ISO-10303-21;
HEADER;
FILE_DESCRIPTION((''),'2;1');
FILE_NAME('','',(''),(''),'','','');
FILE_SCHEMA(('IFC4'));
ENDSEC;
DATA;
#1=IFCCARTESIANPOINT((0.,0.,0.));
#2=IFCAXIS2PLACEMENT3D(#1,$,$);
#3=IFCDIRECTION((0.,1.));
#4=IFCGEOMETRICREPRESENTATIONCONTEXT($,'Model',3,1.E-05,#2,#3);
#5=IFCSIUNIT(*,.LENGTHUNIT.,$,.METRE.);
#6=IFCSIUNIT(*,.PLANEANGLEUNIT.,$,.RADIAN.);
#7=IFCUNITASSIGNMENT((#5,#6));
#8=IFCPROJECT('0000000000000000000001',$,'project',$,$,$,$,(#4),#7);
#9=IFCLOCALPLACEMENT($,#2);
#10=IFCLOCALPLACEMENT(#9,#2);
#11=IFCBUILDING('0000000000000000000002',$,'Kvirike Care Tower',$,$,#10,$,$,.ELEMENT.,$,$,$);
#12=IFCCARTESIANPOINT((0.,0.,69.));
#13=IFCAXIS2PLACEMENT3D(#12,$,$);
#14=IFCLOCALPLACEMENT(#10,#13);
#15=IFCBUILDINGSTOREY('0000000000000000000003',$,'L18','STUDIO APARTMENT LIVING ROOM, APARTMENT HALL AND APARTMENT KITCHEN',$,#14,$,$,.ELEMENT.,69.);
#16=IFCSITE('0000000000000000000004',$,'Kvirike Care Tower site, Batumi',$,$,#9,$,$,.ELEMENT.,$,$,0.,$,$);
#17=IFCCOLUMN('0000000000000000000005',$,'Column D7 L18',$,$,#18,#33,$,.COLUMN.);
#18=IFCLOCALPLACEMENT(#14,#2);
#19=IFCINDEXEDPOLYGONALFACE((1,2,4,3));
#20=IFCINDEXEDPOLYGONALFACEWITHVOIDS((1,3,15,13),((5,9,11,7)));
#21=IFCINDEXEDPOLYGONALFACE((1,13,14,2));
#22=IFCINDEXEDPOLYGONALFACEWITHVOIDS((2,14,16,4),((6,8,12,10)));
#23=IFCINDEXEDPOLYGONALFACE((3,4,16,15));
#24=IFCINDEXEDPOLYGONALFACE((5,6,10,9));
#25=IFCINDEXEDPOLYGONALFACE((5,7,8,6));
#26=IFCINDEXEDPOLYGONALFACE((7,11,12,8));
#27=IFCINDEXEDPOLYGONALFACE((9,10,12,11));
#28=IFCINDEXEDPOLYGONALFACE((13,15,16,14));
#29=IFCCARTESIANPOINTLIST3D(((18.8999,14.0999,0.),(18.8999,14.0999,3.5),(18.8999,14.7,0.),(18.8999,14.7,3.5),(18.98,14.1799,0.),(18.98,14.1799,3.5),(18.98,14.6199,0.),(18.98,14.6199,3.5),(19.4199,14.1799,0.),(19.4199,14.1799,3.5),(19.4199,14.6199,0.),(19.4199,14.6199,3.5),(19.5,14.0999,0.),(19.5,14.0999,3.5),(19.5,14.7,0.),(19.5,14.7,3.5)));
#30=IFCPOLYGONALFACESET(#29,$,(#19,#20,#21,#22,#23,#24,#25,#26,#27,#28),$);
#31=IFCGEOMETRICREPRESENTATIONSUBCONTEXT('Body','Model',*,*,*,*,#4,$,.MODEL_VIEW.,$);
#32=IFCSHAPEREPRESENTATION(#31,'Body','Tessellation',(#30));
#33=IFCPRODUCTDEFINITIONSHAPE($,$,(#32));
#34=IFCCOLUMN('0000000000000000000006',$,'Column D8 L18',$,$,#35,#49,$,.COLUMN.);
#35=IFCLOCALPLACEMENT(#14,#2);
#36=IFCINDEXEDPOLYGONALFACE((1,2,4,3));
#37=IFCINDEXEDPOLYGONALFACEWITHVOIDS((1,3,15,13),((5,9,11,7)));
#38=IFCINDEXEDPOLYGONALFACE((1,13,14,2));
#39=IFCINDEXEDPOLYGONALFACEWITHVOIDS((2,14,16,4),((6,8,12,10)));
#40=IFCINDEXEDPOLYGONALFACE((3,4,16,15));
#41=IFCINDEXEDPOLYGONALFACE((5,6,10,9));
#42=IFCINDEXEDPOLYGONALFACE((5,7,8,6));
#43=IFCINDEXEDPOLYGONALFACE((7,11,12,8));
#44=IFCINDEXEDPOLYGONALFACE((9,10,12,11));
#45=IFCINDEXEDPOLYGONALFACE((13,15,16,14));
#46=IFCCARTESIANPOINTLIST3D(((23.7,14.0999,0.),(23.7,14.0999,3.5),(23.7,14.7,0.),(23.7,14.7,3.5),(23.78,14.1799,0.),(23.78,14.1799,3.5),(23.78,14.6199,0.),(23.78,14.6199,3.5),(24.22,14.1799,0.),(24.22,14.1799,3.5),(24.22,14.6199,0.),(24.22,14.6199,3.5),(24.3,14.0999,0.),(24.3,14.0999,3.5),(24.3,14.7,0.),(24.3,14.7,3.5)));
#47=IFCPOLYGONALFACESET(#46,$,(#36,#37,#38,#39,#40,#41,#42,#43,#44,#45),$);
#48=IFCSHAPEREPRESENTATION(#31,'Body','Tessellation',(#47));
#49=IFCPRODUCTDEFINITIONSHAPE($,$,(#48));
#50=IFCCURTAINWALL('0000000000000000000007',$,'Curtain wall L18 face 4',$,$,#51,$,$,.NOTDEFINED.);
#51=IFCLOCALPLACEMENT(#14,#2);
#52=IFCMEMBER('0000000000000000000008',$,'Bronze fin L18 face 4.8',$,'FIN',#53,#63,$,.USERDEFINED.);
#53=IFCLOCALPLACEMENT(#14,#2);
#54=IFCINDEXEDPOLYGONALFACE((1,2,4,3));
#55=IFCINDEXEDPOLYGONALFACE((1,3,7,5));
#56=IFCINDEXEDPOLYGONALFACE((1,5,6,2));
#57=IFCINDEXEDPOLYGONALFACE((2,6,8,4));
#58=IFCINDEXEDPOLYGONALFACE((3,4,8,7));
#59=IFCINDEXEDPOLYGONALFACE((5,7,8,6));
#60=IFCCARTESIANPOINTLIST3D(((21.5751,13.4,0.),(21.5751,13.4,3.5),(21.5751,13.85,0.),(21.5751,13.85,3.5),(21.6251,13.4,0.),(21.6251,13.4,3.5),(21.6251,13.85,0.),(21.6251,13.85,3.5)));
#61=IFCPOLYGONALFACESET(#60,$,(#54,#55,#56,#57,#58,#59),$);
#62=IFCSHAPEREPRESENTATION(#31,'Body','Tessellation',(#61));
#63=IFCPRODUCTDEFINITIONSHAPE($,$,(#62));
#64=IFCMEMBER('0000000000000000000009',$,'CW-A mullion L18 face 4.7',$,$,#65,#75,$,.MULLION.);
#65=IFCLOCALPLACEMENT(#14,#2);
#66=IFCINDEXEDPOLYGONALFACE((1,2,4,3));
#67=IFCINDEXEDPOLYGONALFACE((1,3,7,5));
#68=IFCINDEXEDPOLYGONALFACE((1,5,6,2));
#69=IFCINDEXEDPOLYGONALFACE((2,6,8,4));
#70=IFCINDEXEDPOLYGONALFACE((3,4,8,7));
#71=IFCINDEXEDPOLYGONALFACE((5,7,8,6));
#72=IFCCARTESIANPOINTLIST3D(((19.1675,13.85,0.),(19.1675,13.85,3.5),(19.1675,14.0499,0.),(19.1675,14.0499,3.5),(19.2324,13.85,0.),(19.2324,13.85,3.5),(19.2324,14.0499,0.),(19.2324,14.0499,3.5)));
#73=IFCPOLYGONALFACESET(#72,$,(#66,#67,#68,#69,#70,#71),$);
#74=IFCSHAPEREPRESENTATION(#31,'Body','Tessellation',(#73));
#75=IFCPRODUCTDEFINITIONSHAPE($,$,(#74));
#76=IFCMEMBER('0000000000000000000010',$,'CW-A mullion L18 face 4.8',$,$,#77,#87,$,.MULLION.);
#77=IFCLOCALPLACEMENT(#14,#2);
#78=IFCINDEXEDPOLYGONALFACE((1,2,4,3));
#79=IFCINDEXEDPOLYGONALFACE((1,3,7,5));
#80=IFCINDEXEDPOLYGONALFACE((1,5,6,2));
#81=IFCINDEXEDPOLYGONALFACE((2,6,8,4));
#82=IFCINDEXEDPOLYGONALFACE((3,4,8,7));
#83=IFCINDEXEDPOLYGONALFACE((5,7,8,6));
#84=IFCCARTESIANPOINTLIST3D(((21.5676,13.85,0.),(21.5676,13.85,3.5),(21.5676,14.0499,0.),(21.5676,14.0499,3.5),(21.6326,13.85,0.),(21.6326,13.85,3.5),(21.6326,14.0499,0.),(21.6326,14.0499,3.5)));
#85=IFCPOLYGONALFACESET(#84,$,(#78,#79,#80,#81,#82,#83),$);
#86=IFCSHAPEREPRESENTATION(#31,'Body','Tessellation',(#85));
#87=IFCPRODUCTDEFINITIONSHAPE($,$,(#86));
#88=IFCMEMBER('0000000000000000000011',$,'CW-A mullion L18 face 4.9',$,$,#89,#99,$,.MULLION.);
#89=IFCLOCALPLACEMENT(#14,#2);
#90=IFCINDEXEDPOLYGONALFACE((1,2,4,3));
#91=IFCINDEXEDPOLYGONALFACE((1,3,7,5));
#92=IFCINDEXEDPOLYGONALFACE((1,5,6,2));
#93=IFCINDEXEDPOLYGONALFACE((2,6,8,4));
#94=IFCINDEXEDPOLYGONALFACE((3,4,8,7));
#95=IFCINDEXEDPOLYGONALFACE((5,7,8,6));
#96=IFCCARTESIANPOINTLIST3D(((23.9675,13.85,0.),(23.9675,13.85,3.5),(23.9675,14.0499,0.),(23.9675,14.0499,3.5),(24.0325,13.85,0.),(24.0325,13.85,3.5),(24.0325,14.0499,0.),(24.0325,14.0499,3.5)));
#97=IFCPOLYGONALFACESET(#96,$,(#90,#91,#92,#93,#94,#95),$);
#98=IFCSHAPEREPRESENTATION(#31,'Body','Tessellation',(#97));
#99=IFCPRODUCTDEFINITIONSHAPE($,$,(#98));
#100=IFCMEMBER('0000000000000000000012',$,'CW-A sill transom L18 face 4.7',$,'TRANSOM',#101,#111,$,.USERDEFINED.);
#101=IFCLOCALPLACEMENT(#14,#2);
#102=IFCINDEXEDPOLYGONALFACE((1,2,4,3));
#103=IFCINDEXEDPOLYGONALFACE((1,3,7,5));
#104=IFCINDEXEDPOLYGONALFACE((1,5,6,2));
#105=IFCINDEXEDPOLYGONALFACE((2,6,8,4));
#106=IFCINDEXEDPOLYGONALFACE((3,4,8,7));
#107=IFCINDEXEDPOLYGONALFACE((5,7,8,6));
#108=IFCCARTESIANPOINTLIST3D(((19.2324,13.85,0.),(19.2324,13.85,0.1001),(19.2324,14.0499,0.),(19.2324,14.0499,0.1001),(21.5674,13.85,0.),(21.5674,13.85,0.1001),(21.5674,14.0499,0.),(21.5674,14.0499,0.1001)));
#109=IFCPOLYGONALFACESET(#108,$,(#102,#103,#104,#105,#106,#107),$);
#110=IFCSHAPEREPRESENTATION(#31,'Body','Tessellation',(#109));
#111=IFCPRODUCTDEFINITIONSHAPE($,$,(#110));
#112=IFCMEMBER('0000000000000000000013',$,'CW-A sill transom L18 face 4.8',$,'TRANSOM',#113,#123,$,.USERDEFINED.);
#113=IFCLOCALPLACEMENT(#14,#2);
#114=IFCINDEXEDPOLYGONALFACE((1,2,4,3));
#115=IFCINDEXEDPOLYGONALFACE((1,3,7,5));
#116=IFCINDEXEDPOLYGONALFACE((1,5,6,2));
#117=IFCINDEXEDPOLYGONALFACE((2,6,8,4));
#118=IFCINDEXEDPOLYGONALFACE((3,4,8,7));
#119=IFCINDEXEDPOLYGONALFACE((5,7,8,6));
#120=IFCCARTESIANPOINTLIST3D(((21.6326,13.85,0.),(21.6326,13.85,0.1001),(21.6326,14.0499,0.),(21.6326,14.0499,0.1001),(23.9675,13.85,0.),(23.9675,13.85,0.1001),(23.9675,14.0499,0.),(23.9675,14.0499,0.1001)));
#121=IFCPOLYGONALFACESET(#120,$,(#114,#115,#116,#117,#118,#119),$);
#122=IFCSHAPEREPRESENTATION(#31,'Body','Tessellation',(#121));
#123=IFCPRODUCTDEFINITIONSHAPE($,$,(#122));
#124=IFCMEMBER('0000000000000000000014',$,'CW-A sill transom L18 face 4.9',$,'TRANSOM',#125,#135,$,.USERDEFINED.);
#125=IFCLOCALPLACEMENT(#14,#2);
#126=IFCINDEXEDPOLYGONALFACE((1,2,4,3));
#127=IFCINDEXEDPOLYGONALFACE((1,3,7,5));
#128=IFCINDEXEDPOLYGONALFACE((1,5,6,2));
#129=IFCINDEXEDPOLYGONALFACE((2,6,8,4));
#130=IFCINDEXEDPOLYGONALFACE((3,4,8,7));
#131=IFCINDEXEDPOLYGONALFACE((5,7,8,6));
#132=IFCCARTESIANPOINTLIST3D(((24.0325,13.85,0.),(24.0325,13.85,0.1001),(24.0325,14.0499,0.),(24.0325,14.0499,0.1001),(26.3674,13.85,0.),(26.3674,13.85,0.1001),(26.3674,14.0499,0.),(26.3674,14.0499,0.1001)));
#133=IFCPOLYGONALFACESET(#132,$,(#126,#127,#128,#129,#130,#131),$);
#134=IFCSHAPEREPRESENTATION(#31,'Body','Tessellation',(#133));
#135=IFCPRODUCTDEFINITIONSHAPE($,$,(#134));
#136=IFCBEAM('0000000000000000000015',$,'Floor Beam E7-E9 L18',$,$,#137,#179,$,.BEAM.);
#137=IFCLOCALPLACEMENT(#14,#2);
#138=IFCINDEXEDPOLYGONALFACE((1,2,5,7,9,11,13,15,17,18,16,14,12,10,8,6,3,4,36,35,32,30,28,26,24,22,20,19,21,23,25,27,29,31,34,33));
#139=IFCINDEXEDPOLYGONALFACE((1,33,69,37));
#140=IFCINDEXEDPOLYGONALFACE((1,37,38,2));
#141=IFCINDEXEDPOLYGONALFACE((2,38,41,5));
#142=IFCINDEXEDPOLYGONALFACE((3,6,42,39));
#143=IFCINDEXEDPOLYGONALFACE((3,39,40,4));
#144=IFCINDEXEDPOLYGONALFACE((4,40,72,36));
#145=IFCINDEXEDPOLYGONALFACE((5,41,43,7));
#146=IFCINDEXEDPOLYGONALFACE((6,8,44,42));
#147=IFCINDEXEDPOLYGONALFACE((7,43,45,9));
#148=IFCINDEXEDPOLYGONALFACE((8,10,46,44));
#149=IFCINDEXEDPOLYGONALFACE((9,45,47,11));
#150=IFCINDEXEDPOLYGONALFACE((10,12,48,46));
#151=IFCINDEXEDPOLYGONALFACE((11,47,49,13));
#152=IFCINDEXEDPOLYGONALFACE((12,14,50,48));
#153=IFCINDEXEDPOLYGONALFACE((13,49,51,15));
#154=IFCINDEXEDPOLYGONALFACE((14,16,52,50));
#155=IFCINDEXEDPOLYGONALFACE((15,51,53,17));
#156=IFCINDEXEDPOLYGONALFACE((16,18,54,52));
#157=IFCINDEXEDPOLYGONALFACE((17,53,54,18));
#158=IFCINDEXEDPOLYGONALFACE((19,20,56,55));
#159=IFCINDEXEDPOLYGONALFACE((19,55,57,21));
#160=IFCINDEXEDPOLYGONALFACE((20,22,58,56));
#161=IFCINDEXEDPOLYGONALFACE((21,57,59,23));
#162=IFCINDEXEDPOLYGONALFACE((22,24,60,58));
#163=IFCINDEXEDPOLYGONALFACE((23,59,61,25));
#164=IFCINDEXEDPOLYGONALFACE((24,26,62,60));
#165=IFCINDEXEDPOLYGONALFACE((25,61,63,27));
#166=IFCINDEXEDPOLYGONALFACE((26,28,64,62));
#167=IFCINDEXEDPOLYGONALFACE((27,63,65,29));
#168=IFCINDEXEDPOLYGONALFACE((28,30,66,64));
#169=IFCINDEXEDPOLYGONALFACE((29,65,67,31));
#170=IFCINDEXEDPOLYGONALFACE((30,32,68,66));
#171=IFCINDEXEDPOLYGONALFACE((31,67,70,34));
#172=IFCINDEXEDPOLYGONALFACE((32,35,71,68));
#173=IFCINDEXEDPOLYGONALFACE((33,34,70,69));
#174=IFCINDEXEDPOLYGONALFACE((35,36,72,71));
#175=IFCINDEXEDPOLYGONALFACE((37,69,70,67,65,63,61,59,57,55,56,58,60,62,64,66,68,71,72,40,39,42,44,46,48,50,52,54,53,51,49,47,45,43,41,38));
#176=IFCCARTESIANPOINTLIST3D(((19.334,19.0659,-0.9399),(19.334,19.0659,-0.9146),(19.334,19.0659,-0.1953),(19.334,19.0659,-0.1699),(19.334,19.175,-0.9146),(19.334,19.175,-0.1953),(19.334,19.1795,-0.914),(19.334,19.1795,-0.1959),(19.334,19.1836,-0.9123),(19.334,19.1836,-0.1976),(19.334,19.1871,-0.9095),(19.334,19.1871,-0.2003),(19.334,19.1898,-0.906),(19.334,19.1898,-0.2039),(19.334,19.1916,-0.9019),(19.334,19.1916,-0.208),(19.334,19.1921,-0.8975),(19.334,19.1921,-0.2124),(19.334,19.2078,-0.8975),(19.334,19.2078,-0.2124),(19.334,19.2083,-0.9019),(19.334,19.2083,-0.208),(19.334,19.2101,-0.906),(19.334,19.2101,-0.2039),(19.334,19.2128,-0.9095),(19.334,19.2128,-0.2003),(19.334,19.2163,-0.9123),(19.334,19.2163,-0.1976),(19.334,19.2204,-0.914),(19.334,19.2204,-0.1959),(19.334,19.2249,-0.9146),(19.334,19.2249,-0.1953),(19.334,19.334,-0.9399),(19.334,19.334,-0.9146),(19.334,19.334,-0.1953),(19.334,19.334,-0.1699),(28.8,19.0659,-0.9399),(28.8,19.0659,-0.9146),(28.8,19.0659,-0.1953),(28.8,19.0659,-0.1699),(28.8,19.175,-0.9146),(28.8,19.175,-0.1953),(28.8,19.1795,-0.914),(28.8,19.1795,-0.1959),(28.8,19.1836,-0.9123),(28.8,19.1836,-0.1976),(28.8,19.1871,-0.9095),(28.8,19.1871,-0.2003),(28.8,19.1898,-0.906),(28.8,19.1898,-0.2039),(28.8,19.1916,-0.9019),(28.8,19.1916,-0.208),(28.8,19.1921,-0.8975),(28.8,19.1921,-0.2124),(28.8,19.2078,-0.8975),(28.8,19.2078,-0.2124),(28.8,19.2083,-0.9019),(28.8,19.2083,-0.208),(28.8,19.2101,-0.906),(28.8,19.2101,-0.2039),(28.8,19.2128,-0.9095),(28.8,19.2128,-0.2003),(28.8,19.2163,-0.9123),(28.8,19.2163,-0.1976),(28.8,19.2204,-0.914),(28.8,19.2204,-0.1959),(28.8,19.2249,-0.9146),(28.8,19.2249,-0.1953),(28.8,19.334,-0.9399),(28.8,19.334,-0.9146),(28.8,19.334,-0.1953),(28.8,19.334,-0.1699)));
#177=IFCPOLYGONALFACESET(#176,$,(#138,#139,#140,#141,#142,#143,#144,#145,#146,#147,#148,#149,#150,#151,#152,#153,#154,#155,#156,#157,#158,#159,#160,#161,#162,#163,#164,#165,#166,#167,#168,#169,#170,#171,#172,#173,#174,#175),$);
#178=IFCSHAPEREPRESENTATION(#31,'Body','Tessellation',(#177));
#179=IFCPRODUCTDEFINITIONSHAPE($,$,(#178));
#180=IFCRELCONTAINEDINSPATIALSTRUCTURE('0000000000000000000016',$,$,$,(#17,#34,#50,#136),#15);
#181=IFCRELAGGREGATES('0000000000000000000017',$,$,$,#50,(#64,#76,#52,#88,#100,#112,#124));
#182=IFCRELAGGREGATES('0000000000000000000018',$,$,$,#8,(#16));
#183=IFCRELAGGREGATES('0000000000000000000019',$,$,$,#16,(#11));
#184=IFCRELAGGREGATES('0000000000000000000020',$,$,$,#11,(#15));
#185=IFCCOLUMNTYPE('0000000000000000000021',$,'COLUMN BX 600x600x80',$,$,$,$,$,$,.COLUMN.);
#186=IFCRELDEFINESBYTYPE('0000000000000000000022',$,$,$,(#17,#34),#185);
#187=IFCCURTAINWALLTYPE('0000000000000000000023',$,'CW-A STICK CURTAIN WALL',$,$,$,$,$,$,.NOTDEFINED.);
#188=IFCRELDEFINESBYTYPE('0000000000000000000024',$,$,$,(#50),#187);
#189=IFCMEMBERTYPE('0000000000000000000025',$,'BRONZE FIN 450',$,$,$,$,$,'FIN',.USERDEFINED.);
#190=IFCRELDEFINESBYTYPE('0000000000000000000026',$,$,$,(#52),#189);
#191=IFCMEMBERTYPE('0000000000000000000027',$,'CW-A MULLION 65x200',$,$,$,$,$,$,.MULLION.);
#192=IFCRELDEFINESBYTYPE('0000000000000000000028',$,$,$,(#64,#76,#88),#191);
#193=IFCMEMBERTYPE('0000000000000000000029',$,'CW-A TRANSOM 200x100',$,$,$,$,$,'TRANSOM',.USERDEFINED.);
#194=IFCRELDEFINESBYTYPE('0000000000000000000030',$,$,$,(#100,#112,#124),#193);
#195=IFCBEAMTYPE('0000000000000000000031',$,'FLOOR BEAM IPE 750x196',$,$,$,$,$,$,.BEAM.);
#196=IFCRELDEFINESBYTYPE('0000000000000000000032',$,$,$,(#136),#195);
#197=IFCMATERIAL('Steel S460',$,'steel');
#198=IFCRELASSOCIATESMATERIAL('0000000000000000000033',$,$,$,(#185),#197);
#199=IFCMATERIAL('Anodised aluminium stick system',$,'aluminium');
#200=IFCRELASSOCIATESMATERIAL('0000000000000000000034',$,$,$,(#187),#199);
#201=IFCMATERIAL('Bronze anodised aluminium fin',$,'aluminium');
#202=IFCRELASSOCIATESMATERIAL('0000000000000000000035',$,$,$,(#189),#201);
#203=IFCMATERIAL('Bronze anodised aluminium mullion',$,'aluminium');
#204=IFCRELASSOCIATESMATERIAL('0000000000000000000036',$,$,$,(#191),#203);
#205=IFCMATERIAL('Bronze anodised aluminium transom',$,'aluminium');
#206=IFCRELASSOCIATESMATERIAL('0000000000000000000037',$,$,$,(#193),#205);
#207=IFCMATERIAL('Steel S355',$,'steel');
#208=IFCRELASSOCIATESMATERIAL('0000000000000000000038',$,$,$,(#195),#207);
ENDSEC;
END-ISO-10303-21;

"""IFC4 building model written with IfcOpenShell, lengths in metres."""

from ifc_helpers import new_model, si_unit, direction, frame, origin, origin_2d, place, context, subcontext, project, spatial, rectangle, hollow_rectangle, i_section, extrude, material, material_profile, profile_set, type_object, element, aggregate, save


model = new_model("IFC4")

# Units and contexts
model_context = context("Model", 3, precision=1e-05, world=origin(), true_north=direction((0.0, 1.0)))
body_context = subcontext(model_context, "Body", "Model", "MODEL_VIEW")
ifc_project = project(units=[si_unit("LENGTHUNIT", "METRE"), si_unit("PLANEANGLEUNIT", "RADIAN")], contexts=[model_context])

# Site, building, storey
site_placement = place(None, origin())
site = spatial("IfcSite", under=ifc_project, at=site_placement, Name="Kvirike Care Tower site, Batumi", CompositionType="ELEMENT", RefElevation=0.0)
building_placement = place(site_placement, origin())
building = spatial("IfcBuilding", under=site, at=building_placement, Name="Kvirike Care Tower", CompositionType="ELEMENT")
storey_placement = place(building_placement, frame((0.0, 0.0, 69.0)))
storey = spatial("IfcBuildingStorey", under=building, at=storey_placement, Name="L18", Description="STUDIO APARTMENT LIVING ROOM, APARTMENT HALL AND APARTMENT KITCHEN", CompositionType="ELEMENT", Elevation=69.0)

# Columns
ifc_material_1 = material(Name="Steel S460", Category="steel")
ifc_material_profile_1 = material_profile(ifc_material_1, hollow_rectangle(XDim=0.6001, YDim=0.6001, WallThickness=0.0801, at=origin_2d()), Name="BX 600x600x80")
ifc_profile_set_1 = profile_set([ifc_material_profile_1], Name="Steel S460")
column_type = type_object("IfcColumnType", Name="COLUMN BX 600x600x80", PredefinedType="COLUMN", material=ifc_profile_set_1)
for number, where, z_axis, x_axis, name in (
    (1, (19.2, 14.3999, 0.0), (0.0, 0.0, 1.0), (0.0, 1.0, 0.0), "Column D7 L18"),
    (2, (24.0, 14.3999, 0.0), (0.0, 0.0, 1.0), (0.0, 1.0, 0.0), "Column D8 L18"),
):
    element("IfcColumn", number, at=place(storey_placement, frame(where, z_axis=z_axis, x_axis=x_axis)), inside=storey, type_object=column_type, Name=name, PredefinedType="COLUMN", context=body_context, shape_type="SweptSolid", body=[
        extrude(hollow_rectangle(XDim=0.6001, YDim=0.6001, WallThickness=0.0801, at=origin_2d()), origin(), (0.0, 0.0, 1.0), 3.5),
    ])

# Curtain wall, members
ifc_material_2 = material(Name="Anodised aluminium stick system", Category="aluminium")
curtain_wall_type = type_object("IfcCurtainWallType", Name="CW-A STICK CURTAIN WALL", PredefinedType="NOTDEFINED", material=ifc_material_2)
curtain_wall_placement = place(storey_placement, origin())
curtain_wall = element("IfcCurtainWall", 3, at=curtain_wall_placement, inside=storey, type_object=curtain_wall_type, Name="Curtain wall L18 face 4", PredefinedType="NOTDEFINED")
ifc_material_3 = material(Name="Bronze anodised aluminium fin", Category="aluminium")
ifc_material_profile_2 = material_profile(ifc_material_3, rectangle(XDim=0.05, YDim=0.45, at=origin_2d()), Name="BRONZE FIN 450")
ifc_profile_set_2 = profile_set([ifc_material_profile_2], Name="Bronze anodised aluminium fin")
member_type_1 = type_object("IfcMemberType", Name="BRONZE FIN 450", ElementType="FIN", PredefinedType="USERDEFINED", material=ifc_profile_set_2)
member_1_placement = place(storey_placement, frame((21.6001, 13.625, 0.0), z_axis=(0.0, 0.0, 1.0), x_axis=(1.0, 0.0, 0.0)))
member_1 = element("IfcMember", 4, at=member_1_placement, type_object=member_type_1, Name="Bronze fin L18 face 4.8", ObjectType="FIN", PredefinedType="USERDEFINED", context=body_context, shape_type="SweptSolid", body=[
    extrude(rectangle(XDim=0.05, YDim=0.45, at=origin_2d()), origin(), (0.0, 0.0, 1.0), 3.5),
])
ifc_material_4 = material(Name="Bronze anodised aluminium mullion", Category="aluminium")
ifc_material_profile_3 = material_profile(ifc_material_4, rectangle(XDim=0.0649, YDim=0.2, at=origin_2d()), Name="CW-A MULLION 65x200")
ifc_profile_set_3 = profile_set([ifc_material_profile_3], Name="Bronze anodised aluminium mullion")
member_type_2 = type_object("IfcMemberType", Name="CW-A MULLION 65x200", PredefinedType="MULLION", material=ifc_profile_set_3)
member_2_placement = place(storey_placement, frame((19.2, 13.95, 0.0), z_axis=(0.0, 0.0, 1.0), x_axis=(1.0, 0.0, 0.0)))
member_2 = element("IfcMember", 5, at=member_2_placement, type_object=member_type_2, Name="CW-A mullion L18 face 4.7", PredefinedType="MULLION", context=body_context, shape_type="SweptSolid", body=[
    extrude(rectangle(XDim=0.0649, YDim=0.2, at=origin_2d()), origin(), (0.0, 0.0, 1.0), 3.5),
])
member_3_placement = place(storey_placement, frame((21.6001, 13.95, 0.0), z_axis=(0.0, 0.0, 1.0), x_axis=(1.0, 0.0, 0.0)))
member_3 = element("IfcMember", 6, at=member_3_placement, type_object=member_type_2, Name="CW-A mullion L18 face 4.8", PredefinedType="MULLION", context=body_context, shape_type="SweptSolid", body=[
    extrude(rectangle(XDim=0.0649, YDim=0.2, at=origin_2d()), origin(), (0.0, 0.0, 1.0), 3.5),
])
member_4_placement = place(storey_placement, frame((24.0, 13.95, 0.0), z_axis=(0.0, 0.0, 1.0), x_axis=(1.0, 0.0, 0.0)))
member_4 = element("IfcMember", 7, at=member_4_placement, type_object=member_type_2, Name="CW-A mullion L18 face 4.9", PredefinedType="MULLION", context=body_context, shape_type="SweptSolid", body=[
    extrude(rectangle(XDim=0.0649, YDim=0.2, at=origin_2d()), origin(), (0.0, 0.0, 1.0), 3.5),
])
ifc_material_5 = material(Name="Bronze anodised aluminium transom", Category="aluminium")
ifc_material_profile_4 = material_profile(ifc_material_5, rectangle(XDim=0.2, YDim=0.1001, at=origin_2d()), Name="CW-A TRANSOM 200x100")
ifc_profile_set_4 = profile_set([ifc_material_profile_4], Name="Bronze anodised aluminium transom")
member_type_3 = type_object("IfcMemberType", Name="CW-A TRANSOM 200x100", ElementType="TRANSOM", PredefinedType="USERDEFINED", material=ifc_profile_set_4)
member_5_placement = place(storey_placement, frame((19.2324, 13.95, 0.05), z_axis=(1.0, 0.0, 0.0), x_axis=(0.0, 1.0, 0.0)))
member_5 = element("IfcMember", 8, at=member_5_placement, type_object=member_type_3, Name="CW-A sill transom L18 face 4.7", ObjectType="TRANSOM", PredefinedType="USERDEFINED", context=body_context, shape_type="SweptSolid", body=[
    extrude(rectangle(XDim=0.2, YDim=0.1001, at=origin_2d()), origin(), (0.0, 0.0, 1.0), 2.335),
])
member_6_placement = place(storey_placement, frame((21.6326, 13.95, 0.05), z_axis=(1.0, 0.0, 0.0), x_axis=(0.0, 1.0, 0.0)))
member_6 = element("IfcMember", 9, at=member_6_placement, type_object=member_type_3, Name="CW-A sill transom L18 face 4.8", ObjectType="TRANSOM", PredefinedType="USERDEFINED", context=body_context, shape_type="SweptSolid", body=[
    extrude(rectangle(XDim=0.2, YDim=0.1001, at=origin_2d()), origin(), (0.0, 0.0, 1.0), 2.335),
])
member_7_placement = place(storey_placement, frame((24.0325, 13.95, 0.05), z_axis=(1.0, 0.0, 0.0), x_axis=(0.0, 1.0, 0.0)))
member_7 = element("IfcMember", 10, at=member_7_placement, type_object=member_type_3, Name="CW-A sill transom L18 face 4.9", ObjectType="TRANSOM", PredefinedType="USERDEFINED", context=body_context, shape_type="SweptSolid", body=[
    extrude(rectangle(XDim=0.2, YDim=0.1001, at=origin_2d()), origin(), (0.0, 0.0, 1.0), 2.335),
])

# Beam
ifc_material_6 = material(Name="Steel S355", Category="steel")
ifc_material_profile_5 = material_profile(ifc_material_6, i_section(OverallWidth=0.2681, OverallDepth=0.77, WebThickness=0.0156, FlangeThickness=0.0254, FilletRadius=0.0171, at=origin_2d()), Name="IPE 750x196")
ifc_profile_set_5 = profile_set([ifc_material_profile_5], Name="Steel S355")
beam_type_1 = type_object("IfcBeamType", Name="FLOOR BEAM IPE 750x196", PredefinedType="BEAM", material=ifc_profile_set_5)
beam_1_placement = place(storey_placement, frame((19.334, 19.2, -0.5549), z_axis=(1.0, 0.0, 0.0), x_axis=(0.0, 1.0, 0.0)))
element("IfcBeam", 11, at=beam_1_placement, inside=storey, type_object=beam_type_1, Name="Floor Beam E7-E9 L18", PredefinedType="BEAM", context=body_context, shape_type="SweptSolid", body=[
    extrude(i_section(OverallWidth=0.2681, OverallDepth=0.77, WebThickness=0.0156, FlangeThickness=0.0254, FilletRadius=0.0171, at=origin_2d()), origin(), (0.0, 0.0, 1.0), 9.4661),
])

aggregate(curtain_wall, [member_2, member_3, member_1, member_4, member_5, member_6, member_7])

save(model, "model.ifc")
